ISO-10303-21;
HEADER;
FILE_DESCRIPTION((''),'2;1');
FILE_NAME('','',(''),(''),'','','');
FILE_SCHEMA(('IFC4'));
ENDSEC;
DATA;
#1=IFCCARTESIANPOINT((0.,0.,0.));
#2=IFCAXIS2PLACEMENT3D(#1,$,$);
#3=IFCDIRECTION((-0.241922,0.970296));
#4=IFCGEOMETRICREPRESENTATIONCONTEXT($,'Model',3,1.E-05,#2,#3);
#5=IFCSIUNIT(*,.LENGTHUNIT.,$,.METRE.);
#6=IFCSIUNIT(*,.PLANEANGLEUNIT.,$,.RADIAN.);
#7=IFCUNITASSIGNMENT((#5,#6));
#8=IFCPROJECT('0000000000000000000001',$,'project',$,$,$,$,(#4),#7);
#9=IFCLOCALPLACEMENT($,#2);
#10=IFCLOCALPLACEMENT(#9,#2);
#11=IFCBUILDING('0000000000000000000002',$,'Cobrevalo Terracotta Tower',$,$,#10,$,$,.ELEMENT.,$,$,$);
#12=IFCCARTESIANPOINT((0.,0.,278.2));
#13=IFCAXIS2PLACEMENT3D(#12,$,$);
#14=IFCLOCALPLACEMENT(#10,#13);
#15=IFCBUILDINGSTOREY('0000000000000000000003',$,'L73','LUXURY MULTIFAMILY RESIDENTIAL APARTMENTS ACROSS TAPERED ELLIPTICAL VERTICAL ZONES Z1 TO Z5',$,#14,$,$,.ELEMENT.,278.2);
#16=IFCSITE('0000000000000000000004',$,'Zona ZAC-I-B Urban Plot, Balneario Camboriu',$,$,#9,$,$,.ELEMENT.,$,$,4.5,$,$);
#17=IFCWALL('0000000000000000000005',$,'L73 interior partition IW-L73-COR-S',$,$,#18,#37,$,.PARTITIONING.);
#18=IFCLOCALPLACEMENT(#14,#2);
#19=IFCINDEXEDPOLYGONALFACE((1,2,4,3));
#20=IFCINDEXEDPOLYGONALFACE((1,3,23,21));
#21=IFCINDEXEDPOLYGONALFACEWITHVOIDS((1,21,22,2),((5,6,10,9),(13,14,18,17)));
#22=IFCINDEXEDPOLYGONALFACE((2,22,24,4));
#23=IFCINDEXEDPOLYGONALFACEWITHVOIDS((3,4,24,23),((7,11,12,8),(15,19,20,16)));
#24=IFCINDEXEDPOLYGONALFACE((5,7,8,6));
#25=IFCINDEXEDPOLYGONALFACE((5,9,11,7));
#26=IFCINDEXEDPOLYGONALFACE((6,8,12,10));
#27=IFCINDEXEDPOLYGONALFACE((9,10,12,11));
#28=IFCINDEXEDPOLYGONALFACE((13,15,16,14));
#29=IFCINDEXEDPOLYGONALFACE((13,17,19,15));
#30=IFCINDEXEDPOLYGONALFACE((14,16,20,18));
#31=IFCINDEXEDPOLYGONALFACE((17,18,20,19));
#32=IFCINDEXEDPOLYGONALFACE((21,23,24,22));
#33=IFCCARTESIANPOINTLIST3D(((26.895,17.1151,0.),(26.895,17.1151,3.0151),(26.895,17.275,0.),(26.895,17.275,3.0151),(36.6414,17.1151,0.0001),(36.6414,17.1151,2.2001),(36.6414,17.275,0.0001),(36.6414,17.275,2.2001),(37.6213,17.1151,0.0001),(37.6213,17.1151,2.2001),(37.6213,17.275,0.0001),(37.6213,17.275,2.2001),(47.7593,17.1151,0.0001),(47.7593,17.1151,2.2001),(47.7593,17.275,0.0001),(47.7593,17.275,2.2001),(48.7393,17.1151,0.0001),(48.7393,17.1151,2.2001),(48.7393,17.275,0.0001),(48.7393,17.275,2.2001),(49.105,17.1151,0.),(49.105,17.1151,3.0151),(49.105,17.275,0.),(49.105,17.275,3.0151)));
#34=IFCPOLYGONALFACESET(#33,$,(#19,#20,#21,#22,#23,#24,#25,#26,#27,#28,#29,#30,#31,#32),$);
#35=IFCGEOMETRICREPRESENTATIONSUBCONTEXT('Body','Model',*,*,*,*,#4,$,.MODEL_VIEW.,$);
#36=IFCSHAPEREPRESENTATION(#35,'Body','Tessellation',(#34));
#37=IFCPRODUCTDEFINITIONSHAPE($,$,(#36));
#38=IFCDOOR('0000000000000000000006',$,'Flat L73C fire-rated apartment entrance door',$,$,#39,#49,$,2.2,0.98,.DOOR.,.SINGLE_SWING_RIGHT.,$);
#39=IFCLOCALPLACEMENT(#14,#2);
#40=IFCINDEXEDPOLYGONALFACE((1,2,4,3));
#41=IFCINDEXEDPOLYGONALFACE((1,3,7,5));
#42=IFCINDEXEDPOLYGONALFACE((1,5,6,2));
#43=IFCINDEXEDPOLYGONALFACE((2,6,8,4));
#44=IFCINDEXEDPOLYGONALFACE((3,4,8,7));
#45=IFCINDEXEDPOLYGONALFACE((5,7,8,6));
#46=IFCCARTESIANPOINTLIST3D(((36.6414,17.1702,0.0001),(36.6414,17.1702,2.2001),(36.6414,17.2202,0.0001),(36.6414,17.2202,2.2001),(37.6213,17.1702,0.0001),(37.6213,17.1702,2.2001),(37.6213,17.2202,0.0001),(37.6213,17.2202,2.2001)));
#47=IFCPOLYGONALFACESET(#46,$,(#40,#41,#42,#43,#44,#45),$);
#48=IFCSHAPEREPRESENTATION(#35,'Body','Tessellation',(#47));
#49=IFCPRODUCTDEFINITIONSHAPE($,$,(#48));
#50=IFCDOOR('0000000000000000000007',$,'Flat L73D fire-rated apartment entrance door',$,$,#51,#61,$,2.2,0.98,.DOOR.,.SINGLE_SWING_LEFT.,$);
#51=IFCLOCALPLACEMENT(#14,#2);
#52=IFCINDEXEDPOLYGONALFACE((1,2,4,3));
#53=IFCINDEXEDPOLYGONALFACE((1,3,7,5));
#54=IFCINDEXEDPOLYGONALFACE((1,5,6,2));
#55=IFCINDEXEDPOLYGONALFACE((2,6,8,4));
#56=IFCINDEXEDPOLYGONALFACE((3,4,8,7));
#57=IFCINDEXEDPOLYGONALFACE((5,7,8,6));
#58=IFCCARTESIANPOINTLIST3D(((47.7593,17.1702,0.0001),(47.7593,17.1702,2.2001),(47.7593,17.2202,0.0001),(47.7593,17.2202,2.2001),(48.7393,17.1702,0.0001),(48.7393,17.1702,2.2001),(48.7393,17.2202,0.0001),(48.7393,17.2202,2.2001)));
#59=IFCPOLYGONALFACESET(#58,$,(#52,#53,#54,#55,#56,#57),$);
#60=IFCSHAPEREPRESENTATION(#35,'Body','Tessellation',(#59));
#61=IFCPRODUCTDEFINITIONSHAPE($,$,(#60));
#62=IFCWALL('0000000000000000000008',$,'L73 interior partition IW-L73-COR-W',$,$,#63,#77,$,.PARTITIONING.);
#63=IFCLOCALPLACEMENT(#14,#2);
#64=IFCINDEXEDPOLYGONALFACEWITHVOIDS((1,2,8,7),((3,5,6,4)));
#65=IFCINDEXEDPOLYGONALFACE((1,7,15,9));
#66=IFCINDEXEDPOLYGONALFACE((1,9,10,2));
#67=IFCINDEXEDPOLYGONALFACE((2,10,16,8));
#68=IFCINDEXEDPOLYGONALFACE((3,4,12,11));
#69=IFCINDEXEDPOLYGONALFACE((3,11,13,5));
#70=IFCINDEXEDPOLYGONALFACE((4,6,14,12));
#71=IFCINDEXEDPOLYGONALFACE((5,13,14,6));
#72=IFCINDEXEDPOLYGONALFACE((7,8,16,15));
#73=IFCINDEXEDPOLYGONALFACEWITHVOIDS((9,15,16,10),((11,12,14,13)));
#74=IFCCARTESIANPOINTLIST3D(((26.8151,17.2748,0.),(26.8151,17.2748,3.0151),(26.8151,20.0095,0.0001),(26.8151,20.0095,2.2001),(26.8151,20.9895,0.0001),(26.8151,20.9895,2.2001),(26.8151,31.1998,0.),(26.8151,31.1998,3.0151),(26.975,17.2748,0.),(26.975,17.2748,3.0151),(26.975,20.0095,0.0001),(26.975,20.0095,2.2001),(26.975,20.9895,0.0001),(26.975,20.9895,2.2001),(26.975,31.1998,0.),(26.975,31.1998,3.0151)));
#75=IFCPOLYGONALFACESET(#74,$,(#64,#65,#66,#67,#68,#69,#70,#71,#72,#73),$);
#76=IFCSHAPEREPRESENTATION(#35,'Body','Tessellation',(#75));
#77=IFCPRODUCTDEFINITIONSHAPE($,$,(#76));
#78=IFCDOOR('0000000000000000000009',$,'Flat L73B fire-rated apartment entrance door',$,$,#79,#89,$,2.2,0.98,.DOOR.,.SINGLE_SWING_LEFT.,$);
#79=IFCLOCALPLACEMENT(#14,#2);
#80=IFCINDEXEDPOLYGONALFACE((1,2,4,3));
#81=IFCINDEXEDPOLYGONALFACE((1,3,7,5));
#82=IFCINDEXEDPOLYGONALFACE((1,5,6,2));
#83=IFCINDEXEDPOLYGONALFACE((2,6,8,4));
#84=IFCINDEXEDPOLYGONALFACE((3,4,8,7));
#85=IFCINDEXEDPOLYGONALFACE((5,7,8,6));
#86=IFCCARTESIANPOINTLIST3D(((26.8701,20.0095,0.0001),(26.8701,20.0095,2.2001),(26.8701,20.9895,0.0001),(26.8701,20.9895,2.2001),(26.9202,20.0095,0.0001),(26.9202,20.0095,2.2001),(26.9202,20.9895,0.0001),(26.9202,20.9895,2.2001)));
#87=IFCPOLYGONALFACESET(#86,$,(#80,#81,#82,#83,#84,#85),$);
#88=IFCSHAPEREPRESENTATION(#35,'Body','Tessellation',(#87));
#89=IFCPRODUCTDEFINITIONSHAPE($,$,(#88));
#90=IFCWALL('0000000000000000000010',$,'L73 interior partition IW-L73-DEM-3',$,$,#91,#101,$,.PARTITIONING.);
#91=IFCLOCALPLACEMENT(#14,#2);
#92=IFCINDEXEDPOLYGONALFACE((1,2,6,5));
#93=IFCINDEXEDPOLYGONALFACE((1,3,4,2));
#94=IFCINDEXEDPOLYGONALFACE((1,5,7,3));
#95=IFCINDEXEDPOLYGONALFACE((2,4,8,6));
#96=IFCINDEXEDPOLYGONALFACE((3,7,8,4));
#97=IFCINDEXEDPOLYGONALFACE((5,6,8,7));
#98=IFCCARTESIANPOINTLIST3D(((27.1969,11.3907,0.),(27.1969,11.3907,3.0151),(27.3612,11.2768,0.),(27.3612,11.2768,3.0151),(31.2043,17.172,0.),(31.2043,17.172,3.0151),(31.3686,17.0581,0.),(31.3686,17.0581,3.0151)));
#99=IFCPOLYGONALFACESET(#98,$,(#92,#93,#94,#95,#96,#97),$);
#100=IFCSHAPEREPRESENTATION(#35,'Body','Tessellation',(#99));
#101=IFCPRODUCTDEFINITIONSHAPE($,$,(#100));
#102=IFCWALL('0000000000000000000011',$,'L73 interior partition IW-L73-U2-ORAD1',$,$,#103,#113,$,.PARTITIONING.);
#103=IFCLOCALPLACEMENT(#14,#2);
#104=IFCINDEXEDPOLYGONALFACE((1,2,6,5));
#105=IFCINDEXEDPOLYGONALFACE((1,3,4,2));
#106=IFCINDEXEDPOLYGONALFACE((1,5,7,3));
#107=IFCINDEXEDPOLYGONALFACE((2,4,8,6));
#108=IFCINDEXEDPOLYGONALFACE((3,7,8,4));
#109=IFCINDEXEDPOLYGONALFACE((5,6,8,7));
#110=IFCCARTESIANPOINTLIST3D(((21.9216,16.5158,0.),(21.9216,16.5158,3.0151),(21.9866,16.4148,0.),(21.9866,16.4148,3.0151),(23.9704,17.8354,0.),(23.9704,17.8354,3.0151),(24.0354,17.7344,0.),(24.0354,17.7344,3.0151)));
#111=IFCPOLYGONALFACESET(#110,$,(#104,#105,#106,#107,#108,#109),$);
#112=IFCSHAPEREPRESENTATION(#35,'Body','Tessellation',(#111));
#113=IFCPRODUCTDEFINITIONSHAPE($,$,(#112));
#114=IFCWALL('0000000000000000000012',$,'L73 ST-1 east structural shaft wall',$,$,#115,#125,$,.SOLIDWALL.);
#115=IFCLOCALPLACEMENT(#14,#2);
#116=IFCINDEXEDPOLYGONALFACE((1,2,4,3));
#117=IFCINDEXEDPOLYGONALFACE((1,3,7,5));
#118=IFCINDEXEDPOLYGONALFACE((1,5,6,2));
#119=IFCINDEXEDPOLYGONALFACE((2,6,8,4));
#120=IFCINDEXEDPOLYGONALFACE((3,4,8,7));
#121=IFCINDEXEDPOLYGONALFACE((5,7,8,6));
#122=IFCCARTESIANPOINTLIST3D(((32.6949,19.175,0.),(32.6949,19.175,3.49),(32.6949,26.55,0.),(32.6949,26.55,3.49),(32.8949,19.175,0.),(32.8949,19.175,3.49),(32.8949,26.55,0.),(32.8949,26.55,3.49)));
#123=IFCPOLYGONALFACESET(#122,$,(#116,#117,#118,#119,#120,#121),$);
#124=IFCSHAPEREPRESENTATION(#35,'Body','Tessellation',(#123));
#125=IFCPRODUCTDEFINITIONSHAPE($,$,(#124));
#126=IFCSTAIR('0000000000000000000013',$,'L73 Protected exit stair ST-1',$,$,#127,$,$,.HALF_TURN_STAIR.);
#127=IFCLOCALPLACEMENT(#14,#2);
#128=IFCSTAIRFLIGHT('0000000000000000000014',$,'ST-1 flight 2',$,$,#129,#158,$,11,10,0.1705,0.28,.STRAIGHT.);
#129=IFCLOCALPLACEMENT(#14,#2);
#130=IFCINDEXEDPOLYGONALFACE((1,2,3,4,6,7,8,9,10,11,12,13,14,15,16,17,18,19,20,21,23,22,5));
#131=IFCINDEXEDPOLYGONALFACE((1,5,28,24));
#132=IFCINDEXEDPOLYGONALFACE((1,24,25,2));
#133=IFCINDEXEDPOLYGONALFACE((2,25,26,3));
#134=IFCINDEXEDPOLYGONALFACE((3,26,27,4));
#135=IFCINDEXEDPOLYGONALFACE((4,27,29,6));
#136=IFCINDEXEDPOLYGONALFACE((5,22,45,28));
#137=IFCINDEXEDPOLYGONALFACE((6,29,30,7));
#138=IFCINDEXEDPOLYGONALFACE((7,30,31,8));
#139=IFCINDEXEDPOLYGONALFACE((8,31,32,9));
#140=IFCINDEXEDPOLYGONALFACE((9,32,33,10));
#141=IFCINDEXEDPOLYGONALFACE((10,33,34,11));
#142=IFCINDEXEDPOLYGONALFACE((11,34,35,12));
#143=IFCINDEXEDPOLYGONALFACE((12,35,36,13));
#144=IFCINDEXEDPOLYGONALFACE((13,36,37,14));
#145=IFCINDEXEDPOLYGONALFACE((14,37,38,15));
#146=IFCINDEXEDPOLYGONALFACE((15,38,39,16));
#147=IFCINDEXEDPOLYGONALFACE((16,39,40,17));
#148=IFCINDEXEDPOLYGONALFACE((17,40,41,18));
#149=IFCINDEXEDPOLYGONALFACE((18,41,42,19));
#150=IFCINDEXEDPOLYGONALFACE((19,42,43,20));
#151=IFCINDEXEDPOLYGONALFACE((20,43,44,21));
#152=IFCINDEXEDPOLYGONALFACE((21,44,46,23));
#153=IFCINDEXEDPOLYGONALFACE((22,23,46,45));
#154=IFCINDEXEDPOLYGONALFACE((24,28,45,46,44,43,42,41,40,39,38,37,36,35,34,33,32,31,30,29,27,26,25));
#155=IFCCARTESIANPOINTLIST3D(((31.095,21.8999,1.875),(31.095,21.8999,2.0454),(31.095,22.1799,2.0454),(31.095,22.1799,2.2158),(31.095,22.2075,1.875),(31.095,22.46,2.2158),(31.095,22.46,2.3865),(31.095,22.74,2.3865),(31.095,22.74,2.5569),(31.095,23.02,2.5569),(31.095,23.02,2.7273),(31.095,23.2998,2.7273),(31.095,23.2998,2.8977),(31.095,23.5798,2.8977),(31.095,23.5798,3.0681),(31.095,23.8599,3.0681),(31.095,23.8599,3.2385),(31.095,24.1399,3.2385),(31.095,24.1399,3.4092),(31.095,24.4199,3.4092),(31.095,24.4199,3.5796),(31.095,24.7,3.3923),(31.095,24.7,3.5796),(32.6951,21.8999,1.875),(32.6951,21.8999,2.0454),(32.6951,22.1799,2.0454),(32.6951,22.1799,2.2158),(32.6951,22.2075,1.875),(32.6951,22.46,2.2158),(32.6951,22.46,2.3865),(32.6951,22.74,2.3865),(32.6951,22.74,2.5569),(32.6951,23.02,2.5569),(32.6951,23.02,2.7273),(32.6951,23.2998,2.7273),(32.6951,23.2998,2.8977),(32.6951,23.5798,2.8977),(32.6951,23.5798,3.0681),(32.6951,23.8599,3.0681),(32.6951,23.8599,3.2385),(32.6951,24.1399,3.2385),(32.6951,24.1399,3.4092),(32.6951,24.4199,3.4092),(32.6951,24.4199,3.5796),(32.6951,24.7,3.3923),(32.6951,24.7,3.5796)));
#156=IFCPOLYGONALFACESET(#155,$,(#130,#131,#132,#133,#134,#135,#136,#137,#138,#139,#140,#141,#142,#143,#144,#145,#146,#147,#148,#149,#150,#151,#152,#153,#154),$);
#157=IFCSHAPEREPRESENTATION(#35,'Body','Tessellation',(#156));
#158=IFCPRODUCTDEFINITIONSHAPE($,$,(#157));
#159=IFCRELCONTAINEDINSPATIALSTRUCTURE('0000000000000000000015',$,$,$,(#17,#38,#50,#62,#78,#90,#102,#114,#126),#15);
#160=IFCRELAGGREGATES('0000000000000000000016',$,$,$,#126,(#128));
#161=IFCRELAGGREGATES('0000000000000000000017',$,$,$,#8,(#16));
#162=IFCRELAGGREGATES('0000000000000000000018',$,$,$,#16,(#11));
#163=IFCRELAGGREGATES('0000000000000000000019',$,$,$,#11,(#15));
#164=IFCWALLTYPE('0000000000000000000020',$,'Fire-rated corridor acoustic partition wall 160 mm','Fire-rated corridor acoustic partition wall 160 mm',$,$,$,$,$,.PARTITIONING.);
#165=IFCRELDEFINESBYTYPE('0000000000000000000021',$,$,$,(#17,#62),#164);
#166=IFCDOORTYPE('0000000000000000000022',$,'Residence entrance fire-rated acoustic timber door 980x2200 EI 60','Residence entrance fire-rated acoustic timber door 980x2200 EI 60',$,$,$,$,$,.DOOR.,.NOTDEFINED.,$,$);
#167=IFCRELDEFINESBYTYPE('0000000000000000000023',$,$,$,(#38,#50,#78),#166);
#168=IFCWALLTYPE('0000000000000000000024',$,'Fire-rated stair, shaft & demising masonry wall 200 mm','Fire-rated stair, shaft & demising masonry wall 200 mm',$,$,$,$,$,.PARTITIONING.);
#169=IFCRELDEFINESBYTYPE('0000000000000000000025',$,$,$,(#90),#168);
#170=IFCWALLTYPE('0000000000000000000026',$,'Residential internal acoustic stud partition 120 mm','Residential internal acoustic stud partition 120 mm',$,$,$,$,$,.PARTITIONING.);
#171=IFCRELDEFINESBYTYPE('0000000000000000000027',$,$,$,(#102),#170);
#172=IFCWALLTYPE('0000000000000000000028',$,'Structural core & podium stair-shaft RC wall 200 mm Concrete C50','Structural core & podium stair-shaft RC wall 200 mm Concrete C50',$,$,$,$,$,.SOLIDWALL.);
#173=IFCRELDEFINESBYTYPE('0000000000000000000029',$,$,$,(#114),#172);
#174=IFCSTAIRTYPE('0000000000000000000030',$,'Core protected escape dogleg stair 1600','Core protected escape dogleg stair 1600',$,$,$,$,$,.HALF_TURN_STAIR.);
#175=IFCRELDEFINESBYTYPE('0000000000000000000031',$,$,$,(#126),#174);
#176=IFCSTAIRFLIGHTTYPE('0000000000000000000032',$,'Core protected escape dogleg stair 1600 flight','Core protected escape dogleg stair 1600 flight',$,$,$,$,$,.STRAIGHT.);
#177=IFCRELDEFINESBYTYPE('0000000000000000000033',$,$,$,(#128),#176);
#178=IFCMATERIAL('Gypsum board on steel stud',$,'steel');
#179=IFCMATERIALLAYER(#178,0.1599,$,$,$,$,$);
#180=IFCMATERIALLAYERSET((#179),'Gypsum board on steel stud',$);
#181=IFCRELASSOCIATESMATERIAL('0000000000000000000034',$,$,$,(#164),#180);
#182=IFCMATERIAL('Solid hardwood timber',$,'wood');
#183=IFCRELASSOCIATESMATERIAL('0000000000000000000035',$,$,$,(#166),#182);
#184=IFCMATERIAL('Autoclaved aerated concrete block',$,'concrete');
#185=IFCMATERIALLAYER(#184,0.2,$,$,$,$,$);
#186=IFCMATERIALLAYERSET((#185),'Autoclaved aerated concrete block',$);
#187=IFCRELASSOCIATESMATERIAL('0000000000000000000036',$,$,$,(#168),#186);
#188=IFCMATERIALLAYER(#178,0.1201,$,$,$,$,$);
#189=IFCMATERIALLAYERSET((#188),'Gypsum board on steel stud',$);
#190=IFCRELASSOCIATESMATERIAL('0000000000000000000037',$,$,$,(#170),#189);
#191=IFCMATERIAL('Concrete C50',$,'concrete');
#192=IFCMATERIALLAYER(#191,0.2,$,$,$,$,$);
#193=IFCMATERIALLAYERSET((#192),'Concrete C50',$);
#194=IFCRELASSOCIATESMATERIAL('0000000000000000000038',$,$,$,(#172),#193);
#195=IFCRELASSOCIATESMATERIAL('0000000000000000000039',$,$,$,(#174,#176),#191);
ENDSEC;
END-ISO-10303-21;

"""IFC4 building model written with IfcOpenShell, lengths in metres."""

from ifc_helpers import new_model, si_unit, direction, frame, frame_2d, origin, place, context, subcontext, project, spatial, polyline, rectangle, outline, extrude, source, transform, mapped, material, layer, layer_set, type_object, element, fill, aggregate, save


model = new_model("IFC4")

# Units and contexts
model_context = context("Model", 3, precision=1e-05, world=origin(), true_north=direction((-0.241922, 0.970296)))
body_context = subcontext(model_context, "Body", "Model", "MODEL_VIEW")
ifc_project = project(units=[si_unit("LENGTHUNIT", "METRE"), si_unit("PLANEANGLEUNIT", "RADIAN")], contexts=[model_context])

# Site, building, storey
site_placement = place(None, origin())
site = spatial("IfcSite", under=ifc_project, at=site_placement, Name="Zona ZAC-I-B Urban Plot, Balneario Camboriu", CompositionType="ELEMENT", RefElevation=4.5)
building_placement = place(site_placement, origin())
building = spatial("IfcBuilding", under=site, at=building_placement, Name="Cobrevalo Terracotta Tower", CompositionType="ELEMENT")
storey_placement = place(building_placement, frame((0.0, 0.0, 278.2)))
storey = spatial("IfcBuildingStorey", under=building, at=storey_placement, Name="L73", Description="LUXURY MULTIFAMILY RESIDENTIAL APARTMENTS ACROSS TAPERED ELLIPTICAL VERTICAL ZONES Z1 TO Z5", CompositionType="ELEMENT", Elevation=278.2)

# Shared definitions
ifc_material_1 = material(Name="Concrete C50", Category="concrete")

# Wall, openings, doors
ifc_material_2 = material(Name="Gypsum board on steel stud", Category="steel")
ifc_layer_1 = layer(ifc_material_2, 0.1599)
ifc_layer_set_1 = layer_set([ifc_layer_1], Name="Gypsum board on steel stud")
wall_type_1 = type_object("IfcWallType", Name="Fire-rated corridor acoustic partition wall 160 mm", Description="Fire-rated corridor acoustic partition wall 160 mm", PredefinedType="PARTITIONING", material=ifc_layer_set_1)
wall_1_placement = place(storey_placement, frame((26.895, 17.1951, 0.0), z_axis=(0.0, 0.0, 1.0), x_axis=(1.0, 0.0, 0.0)))
wall_1 = element("IfcWall", 1, at=wall_1_placement, inside=storey, type_object=wall_type_1, Name="L73 interior partition IW-L73-COR-S", PredefinedType="PARTITIONING", context=body_context, shape_type="SweptSolid", body=[
    extrude(rectangle(XDim=22.21, YDim=0.1599, at=frame_2d((11.105, 0.0))), origin(), (0.0, 0.0, 1.0), 3.0151),
])
opening_1_placement = place(wall_1_placement, frame((9.7463, 0.0, 0.0)))
opening_1 = element("IfcOpeningElement", 2, at=opening_1_placement, cuts=wall_1, PredefinedType="OPENING", context=body_context, shape_type="SweptSolid", body=[
    extrude(rectangle(XDim=0.98, YDim=2.2, at=frame_2d((0.49, 1.1001))), frame((0.0, 0.0898, 0.0), z_axis=(0.0, -1.0, 0.0), x_axis=(1.0, 0.0, 0.0)), (0.0, 0.0, 1.0), 0.1799),
])
opening_2_placement = place(wall_1_placement, frame((20.8643, 0.0, 0.0)))
opening_2 = element("IfcOpeningElement", 3, at=opening_2_placement, cuts=wall_1, PredefinedType="OPENING", context=body_context, shape_type="SweptSolid", body=[
    extrude(rectangle(XDim=0.98, YDim=2.2, at=frame_2d((0.49, 1.1001))), frame((0.0, 0.0898, 0.0), z_axis=(0.0, -1.0, 0.0), x_axis=(1.0, 0.0, 0.0)), (0.0, 0.0, 1.0), 0.1799),
])
ifc_material_3 = material(Name="Solid hardwood timber", Category="wood")
door_type_1 = type_object("IfcDoorType", Name="Residence entrance fire-rated acoustic timber door 980x2200 EI 60", Description="Residence entrance fire-rated acoustic timber door 980x2200 EI 60", OperationType="NOTDEFINED", PredefinedType="DOOR", material=ifc_material_3)
shared_shape_1 = source(origin(), body_context, "Body", "SweptSolid", [
    extrude(rectangle(XDim=0.98, YDim=2.2, at=frame_2d((0.49, 1.1001))), frame((0.0, 0.0249, 0.0), z_axis=(0.0, -1.0, 0.0), x_axis=(1.0, 0.0, 0.0)), (0.0, 0.0, 1.0), 0.05),
])
door_1_placement = place(opening_1_placement, frame((0.98, 0.0, 0.0), z_axis=(0.0, 0.0, 1.0), x_axis=(-1.0, 0.0, 0.0)))
door_1 = element("IfcDoor", 4, at=door_1_placement, inside=storey, type_object=door_type_1, Name="Flat L73C fire-rated apartment entrance door", OperationType="SINGLE_SWING_RIGHT", OverallHeight=2.2, OverallWidth=0.98, PredefinedType="DOOR", context=body_context, shape_type="MappedRepresentation", body=[
    mapped(shared_shape_1, transform((0.0, 0.0, 0.0), scale=1.0)),
])
fill(opening_1, door_1)
door_2_placement = place(opening_2_placement, frame((0.98, 0.0, 0.0), z_axis=(0.0, 0.0, 1.0), x_axis=(-1.0, 0.0, 0.0)))
door_2 = element("IfcDoor", 5, at=door_2_placement, inside=storey, type_object=door_type_1, Name="Flat L73D fire-rated apartment entrance door", OperationType="SINGLE_SWING_LEFT", OverallHeight=2.2, OverallWidth=0.98, PredefinedType="DOOR", context=body_context, shape_type="MappedRepresentation", body=[
    mapped(shared_shape_1, transform((0.0, 0.0, 0.0), scale=1.0)),
])
fill(opening_2, door_2)

# Wall, opening, door
wall_2_placement = place(storey_placement, frame((26.895, 17.2749, 0.0), z_axis=(0.0, 0.0, 1.0), x_axis=(0.0, 1.0, 0.0)))
wall_2 = element("IfcWall", 6, at=wall_2_placement, inside=storey, type_object=wall_type_1, Name="L73 interior partition IW-L73-COR-W", PredefinedType="PARTITIONING", context=body_context, shape_type="SweptSolid", body=[
    extrude(rectangle(XDim=13.925, YDim=0.1599, at=frame_2d((6.9624, 0.0))), origin(), (0.0, 0.0, 1.0), 3.0151),
])
opening_3_placement = place(wall_2_placement, frame((2.7346, 0.0, 0.0)))
opening_3 = element("IfcOpeningElement", 7, at=opening_3_placement, cuts=wall_2, PredefinedType="OPENING", context=body_context, shape_type="SweptSolid", body=[
    extrude(rectangle(XDim=0.98, YDim=2.2, at=frame_2d((0.49, 1.1001))), frame((0.0, 0.0898, 0.0), z_axis=(0.0, -1.0, 0.0), x_axis=(1.0, 0.0, 0.0)), (0.0, 0.0, 1.0), 0.1799),
])
door_3_placement = place(opening_3_placement, origin())
door_3 = element("IfcDoor", 8, at=door_3_placement, inside=storey, type_object=door_type_1, Name="Flat L73B fire-rated apartment entrance door", OperationType="SINGLE_SWING_LEFT", OverallHeight=2.2, OverallWidth=0.98, PredefinedType="DOOR", context=body_context, shape_type="MappedRepresentation", body=[
    mapped(shared_shape_1, transform((0.0, 0.0, 0.0), scale=1.0)),
])
fill(opening_3, door_3)

# Walls
ifc_material_4 = material(Name="Autoclaved aerated concrete block", Category="concrete")
ifc_layer_2 = layer(ifc_material_4, 0.2)
ifc_layer_set_2 = layer_set([ifc_layer_2], Name="Autoclaved aerated concrete block")
wall_type_2 = type_object("IfcWallType", Name="Fire-rated stair, shaft & demising masonry wall 200 mm", Description="Fire-rated stair, shaft & demising masonry wall 200 mm", PredefinedType="PARTITIONING", material=ifc_layer_set_2)
wall_3_placement = place(storey_placement, frame((31.2864, 17.115, 0.0), z_axis=(0.0, 0.0, 1.0), x_axis=(-0.569683, -0.821865, 0.0)))
element("IfcWall", 9, at=wall_3_placement, inside=storey, type_object=wall_type_2, Name="L73 interior partition IW-L73-DEM-3", PredefinedType="PARTITIONING", context=body_context, shape_type="SweptSolid", body=[
    extrude(rectangle(XDim=7.0344, YDim=0.2, at=frame_2d((3.5171, 0.0))), origin(), (0.0, 0.0, 1.0), 3.0151),
])
ifc_layer_3 = layer(ifc_material_2, 0.1201)
ifc_layer_set_3 = layer_set([ifc_layer_3], Name="Gypsum board on steel stud")
wall_type_3 = type_object("IfcWallType", Name="Residential internal acoustic stud partition 120 mm", Description="Residential internal acoustic stud partition 120 mm", PredefinedType="PARTITIONING", material=ifc_layer_set_3)
wall_4_placement = place(storey_placement, frame((24.0029, 17.7849, 0.0), z_axis=(0.0, 0.0, 1.0), x_axis=(-0.840716, -0.541476, 0.0)))
element("IfcWall", 10, at=wall_4_placement, inside=storey, type_object=wall_type_3, Name="L73 interior partition IW-L73-U2-ORAD1", PredefinedType="PARTITIONING", context=body_context, shape_type="SweptSolid", body=[
    extrude(rectangle(XDim=2.437, YDim=0.1201, at=frame_2d((1.2185, 0.0))), origin(), (0.0, 0.0, 1.0), 3.0151),
])

# Wall
ifc_layer_4 = layer(ifc_material_1, 0.2)
ifc_layer_set_4 = layer_set([ifc_layer_4], Name="Concrete C50")
wall_type_4 = type_object("IfcWallType", Name="Structural core & podium stair-shaft RC wall 200 mm Concrete C50", Description="Structural core & podium stair-shaft RC wall 200 mm Concrete C50", PredefinedType="SOLIDWALL", material=ifc_layer_set_4)
wall_5_placement = place(storey_placement, frame((32.7949, 19.175, 0.0), z_axis=(0.0, 0.0, 1.0), x_axis=(0.0, 1.0, 0.0)))
element("IfcWall", 11, at=wall_5_placement, inside=storey, type_object=wall_type_4, Name="L73 ST-1 east structural shaft wall", PredefinedType="SOLIDWALL", context=body_context, shape_type="SweptSolid", body=[
    extrude(rectangle(XDim=7.375, YDim=0.2, at=frame_2d((3.6875, 0.0))), origin(), (0.0, 0.0, 1.0), 3.49),
])

# Stair, stair flight
stair_type = type_object("IfcStairType", Name="Core protected escape dogleg stair 1600", Description="Core protected escape dogleg stair 1600", PredefinedType="HALF_TURN_STAIR", material=ifc_material_1)
stair_placement = place(storey_placement, origin())
stair = element("IfcStair", 12, at=stair_placement, inside=storey, type_object=stair_type, Name="L73 Protected exit stair ST-1", PredefinedType="HALF_TURN_STAIR")
stair_flight_type = type_object("IfcStairFlightType", Name="Core protected escape dogleg stair 1600 flight", Description="Core protected escape dogleg stair 1600 flight", PredefinedType="STRAIGHT", material=ifc_material_1)
stair_flight_placement = place(storey_placement, frame((31.895, 21.8999, 1.875), z_axis=(0.0, 0.0, 1.0), x_axis=(0.0, 1.0, 0.0)))
stair_flight = element("IfcStairFlight", 13, at=stair_flight_placement, type_object=stair_flight_type, Name="ST-1 flight 2", NumberOfRisers=11, NumberOfTreads=10, PredefinedType="STRAIGHT", RiserHeight=0.1705, TreadLength=0.28, context=body_context, shape_type="SweptSolid", body=[
    extrude(outline(polyline([(0.0, 0.0), (0.0, 0.1704), (0.28, 0.1704), (0.28, 0.3408), (0.5601, 0.3408), (0.5601, 0.5115), (0.8401, 0.5115), (0.8401, 0.6819), (1.1201, 0.6819), (1.1201, 0.8523), (1.3999, 0.8523), (1.3999, 1.0227), (1.6799, 1.0227), (1.6799, 1.1931), (1.96, 1.1931), (1.96, 1.3635), (2.24, 1.3635), (2.24, 1.5342), (2.52, 1.5342), (2.52, 1.7046), (2.8, 1.7046), (2.8, 1.875), (2.8, 1.5173), (0.3076, 0.0), (0.0, 0.0)])), frame((0.0, 0.8, 0.0), z_axis=(0.0, -1.0, 0.0), x_axis=(1.0, 0.0, 0.0)), (0.0, 0.0, 1.0), 1.6001),
])
aggregate(stair, [stair_flight])

save(model, "model.ifc")
